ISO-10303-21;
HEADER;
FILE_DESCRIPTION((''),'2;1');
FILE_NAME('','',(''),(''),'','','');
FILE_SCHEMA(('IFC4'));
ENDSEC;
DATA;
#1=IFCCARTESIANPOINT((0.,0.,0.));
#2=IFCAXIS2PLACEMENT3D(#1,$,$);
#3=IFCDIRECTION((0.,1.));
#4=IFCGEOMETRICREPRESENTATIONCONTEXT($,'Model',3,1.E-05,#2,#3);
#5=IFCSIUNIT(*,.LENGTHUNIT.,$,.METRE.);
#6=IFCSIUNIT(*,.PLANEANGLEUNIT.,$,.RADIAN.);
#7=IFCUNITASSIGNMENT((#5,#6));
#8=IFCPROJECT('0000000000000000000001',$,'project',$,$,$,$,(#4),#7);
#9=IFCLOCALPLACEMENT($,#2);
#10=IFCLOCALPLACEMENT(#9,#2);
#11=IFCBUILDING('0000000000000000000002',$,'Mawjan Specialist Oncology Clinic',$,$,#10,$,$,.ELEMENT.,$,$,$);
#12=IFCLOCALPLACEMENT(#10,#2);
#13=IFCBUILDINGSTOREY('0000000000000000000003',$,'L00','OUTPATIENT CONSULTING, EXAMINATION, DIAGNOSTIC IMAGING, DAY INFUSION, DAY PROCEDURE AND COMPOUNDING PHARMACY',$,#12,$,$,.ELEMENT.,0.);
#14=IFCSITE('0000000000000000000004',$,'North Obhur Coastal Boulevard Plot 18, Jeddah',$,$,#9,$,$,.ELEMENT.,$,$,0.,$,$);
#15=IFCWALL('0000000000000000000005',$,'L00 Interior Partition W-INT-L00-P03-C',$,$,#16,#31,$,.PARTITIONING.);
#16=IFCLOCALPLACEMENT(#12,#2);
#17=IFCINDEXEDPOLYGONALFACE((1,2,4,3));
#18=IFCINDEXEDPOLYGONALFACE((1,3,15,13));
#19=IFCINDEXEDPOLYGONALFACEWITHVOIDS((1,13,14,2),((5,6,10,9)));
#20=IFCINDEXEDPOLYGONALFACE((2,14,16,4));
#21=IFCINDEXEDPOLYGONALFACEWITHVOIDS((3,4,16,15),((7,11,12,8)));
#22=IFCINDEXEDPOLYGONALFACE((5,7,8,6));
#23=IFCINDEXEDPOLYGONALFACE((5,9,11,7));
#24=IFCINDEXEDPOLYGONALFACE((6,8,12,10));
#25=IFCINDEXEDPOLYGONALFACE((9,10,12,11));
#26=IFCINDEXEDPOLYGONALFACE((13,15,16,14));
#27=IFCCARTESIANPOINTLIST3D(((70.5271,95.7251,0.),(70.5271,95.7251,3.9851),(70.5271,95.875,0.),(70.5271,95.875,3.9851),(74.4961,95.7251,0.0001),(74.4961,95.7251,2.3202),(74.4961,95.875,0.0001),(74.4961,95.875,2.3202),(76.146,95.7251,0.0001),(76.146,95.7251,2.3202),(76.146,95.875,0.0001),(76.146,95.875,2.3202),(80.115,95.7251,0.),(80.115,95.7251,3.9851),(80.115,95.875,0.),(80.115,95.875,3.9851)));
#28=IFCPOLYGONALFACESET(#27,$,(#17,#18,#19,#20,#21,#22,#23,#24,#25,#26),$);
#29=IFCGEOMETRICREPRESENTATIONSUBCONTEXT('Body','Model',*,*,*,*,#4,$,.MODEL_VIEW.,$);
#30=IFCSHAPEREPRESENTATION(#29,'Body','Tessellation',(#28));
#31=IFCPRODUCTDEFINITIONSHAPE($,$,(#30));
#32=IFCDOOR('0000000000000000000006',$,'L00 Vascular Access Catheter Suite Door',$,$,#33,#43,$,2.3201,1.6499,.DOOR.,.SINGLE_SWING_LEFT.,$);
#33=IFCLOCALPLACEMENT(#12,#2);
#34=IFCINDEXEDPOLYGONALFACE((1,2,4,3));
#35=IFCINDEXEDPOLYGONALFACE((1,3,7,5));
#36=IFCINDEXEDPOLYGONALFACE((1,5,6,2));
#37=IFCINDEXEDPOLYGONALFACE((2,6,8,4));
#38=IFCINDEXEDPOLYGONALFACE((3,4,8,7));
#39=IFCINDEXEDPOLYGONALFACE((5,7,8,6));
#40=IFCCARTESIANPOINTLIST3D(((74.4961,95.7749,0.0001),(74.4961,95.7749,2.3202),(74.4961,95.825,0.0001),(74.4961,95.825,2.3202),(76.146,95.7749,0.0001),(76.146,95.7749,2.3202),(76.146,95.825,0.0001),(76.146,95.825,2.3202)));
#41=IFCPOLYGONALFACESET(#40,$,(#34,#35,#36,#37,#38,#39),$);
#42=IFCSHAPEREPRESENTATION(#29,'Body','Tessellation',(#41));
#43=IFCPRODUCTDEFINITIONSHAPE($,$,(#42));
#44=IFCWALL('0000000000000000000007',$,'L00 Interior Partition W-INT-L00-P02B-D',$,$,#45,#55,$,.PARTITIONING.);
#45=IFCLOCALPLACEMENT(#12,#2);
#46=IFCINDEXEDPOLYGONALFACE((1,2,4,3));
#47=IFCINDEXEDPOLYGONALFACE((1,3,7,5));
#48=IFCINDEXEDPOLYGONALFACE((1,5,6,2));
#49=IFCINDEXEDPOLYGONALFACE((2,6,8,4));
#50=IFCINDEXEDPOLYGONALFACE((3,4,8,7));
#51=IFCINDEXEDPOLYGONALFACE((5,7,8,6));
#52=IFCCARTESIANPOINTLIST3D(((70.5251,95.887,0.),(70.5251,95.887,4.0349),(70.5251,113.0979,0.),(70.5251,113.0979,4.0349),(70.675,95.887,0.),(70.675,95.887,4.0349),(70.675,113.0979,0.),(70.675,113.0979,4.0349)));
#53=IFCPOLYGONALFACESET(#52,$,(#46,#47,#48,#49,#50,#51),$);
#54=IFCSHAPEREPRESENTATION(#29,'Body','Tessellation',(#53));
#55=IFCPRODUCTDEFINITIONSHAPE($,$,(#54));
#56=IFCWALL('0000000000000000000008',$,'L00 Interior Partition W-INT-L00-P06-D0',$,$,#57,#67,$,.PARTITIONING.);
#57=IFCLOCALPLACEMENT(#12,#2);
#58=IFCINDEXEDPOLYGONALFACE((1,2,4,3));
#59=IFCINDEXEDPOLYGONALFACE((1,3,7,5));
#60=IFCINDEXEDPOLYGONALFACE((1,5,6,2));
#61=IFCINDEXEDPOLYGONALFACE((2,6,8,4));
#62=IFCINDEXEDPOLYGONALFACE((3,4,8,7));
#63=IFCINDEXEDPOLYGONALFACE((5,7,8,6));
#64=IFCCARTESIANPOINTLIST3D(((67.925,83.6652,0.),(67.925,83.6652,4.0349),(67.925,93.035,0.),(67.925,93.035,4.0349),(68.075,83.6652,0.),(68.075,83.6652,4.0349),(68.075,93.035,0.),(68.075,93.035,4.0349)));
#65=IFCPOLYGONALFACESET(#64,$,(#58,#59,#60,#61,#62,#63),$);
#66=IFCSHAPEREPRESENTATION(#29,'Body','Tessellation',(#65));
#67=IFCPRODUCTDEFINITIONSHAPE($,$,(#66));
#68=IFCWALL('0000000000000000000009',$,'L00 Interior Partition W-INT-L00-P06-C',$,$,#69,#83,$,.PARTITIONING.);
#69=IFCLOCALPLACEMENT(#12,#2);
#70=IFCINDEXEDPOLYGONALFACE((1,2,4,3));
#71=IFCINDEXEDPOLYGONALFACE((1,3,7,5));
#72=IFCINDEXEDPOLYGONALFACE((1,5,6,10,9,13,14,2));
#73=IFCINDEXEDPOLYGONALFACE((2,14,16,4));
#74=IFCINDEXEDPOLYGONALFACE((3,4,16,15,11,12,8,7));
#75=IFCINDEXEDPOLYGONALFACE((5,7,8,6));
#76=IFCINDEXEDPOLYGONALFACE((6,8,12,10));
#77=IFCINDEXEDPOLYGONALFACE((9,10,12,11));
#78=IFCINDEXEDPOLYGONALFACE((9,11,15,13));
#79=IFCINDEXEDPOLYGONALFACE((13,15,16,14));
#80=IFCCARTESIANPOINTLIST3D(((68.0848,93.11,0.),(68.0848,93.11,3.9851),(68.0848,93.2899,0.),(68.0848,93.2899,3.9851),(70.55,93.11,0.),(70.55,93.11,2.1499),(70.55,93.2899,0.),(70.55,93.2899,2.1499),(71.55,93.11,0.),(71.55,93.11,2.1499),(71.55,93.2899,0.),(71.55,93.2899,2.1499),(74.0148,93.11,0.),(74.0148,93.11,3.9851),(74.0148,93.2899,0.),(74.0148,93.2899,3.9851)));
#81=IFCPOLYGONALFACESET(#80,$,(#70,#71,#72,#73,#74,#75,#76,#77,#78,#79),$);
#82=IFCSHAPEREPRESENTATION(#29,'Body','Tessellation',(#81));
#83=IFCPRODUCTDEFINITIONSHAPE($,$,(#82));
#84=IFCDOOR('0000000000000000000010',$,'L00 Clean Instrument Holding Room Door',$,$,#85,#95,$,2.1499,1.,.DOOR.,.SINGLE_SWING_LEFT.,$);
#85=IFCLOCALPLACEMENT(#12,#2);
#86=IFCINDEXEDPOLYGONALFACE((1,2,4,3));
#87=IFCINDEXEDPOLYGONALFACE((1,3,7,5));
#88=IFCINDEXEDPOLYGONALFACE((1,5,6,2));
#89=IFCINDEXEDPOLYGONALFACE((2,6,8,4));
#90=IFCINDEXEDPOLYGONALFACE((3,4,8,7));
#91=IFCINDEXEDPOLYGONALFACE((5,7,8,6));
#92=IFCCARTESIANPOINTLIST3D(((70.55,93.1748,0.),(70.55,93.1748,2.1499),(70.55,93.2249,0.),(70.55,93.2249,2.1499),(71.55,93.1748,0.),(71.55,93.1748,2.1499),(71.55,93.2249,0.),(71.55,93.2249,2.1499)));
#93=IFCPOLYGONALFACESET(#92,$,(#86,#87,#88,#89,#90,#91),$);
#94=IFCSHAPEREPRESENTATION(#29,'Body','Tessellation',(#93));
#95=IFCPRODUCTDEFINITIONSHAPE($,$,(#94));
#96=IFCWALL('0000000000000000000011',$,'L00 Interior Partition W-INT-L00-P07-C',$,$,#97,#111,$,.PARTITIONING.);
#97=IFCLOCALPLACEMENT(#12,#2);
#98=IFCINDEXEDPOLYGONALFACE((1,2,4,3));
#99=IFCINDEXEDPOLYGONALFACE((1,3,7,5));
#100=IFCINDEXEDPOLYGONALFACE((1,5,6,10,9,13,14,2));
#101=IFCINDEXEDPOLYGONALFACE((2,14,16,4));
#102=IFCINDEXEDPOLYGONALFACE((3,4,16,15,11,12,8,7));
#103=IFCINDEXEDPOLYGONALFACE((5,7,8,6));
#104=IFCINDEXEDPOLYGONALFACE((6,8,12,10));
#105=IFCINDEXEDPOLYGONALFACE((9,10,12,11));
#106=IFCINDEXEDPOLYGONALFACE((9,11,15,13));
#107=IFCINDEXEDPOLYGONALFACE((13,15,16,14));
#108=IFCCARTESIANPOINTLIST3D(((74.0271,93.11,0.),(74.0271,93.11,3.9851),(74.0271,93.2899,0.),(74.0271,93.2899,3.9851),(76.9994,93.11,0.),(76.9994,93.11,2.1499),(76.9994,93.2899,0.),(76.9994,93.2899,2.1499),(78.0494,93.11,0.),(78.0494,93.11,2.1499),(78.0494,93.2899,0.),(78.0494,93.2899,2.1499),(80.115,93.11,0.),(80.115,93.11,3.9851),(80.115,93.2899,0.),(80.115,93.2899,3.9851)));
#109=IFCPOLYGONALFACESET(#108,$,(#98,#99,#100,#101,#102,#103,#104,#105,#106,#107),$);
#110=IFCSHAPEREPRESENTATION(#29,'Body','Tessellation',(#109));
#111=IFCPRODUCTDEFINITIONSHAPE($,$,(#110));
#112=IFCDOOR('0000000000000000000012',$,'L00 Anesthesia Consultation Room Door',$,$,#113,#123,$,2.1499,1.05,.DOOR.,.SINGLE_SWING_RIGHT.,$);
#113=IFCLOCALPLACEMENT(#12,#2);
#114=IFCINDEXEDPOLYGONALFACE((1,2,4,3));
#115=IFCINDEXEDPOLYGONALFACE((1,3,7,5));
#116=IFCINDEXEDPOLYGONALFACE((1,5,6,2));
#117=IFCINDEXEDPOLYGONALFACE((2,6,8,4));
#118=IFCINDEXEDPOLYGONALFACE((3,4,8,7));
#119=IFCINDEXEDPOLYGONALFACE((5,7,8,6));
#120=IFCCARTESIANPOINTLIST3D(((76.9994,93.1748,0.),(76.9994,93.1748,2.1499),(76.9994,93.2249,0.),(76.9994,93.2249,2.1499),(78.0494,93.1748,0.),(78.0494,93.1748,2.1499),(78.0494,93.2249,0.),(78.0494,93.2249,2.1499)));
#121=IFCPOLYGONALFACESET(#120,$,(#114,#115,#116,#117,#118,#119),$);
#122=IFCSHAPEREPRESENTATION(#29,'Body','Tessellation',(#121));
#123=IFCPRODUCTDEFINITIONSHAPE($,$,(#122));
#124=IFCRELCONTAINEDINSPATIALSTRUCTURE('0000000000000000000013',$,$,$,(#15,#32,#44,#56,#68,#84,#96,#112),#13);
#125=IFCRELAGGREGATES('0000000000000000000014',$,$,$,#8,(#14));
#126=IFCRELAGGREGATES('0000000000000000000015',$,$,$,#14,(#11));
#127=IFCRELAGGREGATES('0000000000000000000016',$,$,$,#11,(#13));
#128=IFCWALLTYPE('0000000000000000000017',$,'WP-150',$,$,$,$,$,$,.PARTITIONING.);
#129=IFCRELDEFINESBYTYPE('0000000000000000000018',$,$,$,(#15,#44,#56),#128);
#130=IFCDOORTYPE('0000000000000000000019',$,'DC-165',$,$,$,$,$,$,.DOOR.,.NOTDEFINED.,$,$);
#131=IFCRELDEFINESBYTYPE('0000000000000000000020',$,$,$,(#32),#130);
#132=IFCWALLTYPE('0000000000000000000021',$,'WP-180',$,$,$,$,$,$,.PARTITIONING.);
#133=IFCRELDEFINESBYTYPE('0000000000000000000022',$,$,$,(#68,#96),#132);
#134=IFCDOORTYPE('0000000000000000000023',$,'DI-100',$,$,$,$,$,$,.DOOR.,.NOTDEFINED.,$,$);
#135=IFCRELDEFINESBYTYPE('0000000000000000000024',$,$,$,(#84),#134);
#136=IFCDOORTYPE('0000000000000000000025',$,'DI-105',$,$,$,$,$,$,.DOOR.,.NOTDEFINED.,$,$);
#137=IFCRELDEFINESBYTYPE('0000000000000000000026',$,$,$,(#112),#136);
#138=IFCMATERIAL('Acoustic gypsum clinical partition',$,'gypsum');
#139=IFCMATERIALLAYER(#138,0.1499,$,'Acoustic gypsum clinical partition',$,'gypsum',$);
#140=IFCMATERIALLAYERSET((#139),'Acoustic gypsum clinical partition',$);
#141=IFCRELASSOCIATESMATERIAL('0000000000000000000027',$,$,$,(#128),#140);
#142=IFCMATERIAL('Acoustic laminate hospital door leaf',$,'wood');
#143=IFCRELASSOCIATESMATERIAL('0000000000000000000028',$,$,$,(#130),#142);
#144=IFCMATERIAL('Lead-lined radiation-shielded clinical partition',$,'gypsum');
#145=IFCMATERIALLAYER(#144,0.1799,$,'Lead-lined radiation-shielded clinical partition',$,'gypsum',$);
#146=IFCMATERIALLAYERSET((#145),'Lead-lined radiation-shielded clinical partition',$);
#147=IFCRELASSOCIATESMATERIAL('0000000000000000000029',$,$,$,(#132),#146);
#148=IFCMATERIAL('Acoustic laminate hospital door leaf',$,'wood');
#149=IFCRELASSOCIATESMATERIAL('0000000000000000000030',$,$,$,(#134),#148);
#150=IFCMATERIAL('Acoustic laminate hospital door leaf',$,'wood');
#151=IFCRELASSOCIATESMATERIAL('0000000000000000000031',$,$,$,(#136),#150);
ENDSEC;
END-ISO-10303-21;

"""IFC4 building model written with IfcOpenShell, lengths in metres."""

from ifc_helpers import new_model, si_unit, direction, frame, frame_2d, origin, place, context, subcontext, project, spatial, rectangle, extrude, material, layer, layer_set, type_object, element, fill, save


model = new_model("IFC4")

# Units and contexts
model_context = context("Model", 3, precision=1e-05, world=origin(), true_north=direction((0.0, 1.0)))
body_context = subcontext(model_context, "Body", "Model", "MODEL_VIEW")
ifc_project = project(units=[si_unit("LENGTHUNIT", "METRE"), si_unit("PLANEANGLEUNIT", "RADIAN")], contexts=[model_context])

# Site, building, storey
site_placement = place(None, origin())
site = spatial("IfcSite", under=ifc_project, at=site_placement, Name="North Obhur Coastal Boulevard Plot 18, Jeddah", CompositionType="ELEMENT", RefElevation=0.0)
building_placement = place(site_placement, origin())
building = spatial("IfcBuilding", under=site, at=building_placement, Name="Mawjan Specialist Oncology Clinic", CompositionType="ELEMENT")
storey_placement = place(building_placement, origin())
storey = spatial("IfcBuildingStorey", under=building, at=storey_placement, Name="L00", Description="OUTPATIENT CONSULTING, EXAMINATION, DIAGNOSTIC IMAGING, DAY INFUSION, DAY PROCEDURE AND COMPOUNDING PHARMACY", CompositionType="ELEMENT", Elevation=0.0)

# Wall, opening, door
ifc_material_1 = material(Name="Acoustic gypsum clinical partition", Category="gypsum")
ifc_layer_1 = layer(ifc_material_1, 0.1499, Name="Acoustic gypsum clinical partition", Category="gypsum")
ifc_layer_set_1 = layer_set([ifc_layer_1], Name="Acoustic gypsum clinical partition")
wall_type_1 = type_object("IfcWallType", Name="WP-150", PredefinedType="PARTITIONING", material=ifc_layer_set_1)
wall_1_placement = place(storey_placement, frame((70.5271, 95.8, 0.0), z_axis=(0.0, 0.0, 1.0), x_axis=(1.0, 0.0, 0.0)))
wall_1 = element("IfcWall", 1, at=wall_1_placement, inside=storey, type_object=wall_type_1, Name="L00 Interior Partition W-INT-L00-P03-C", PredefinedType="PARTITIONING", context=body_context, shape_type="SweptSolid", body=[
    extrude(rectangle(XDim=9.5879, YDim=0.1499, at=frame_2d((4.7939, 0.0))), origin(), (0.0, 0.0, 1.0), 3.9851),
])
opening_1_placement = place(wall_1_placement, frame((3.969, 0.0, 0.0)))
opening_1 = element("IfcOpeningElement", 2, at=opening_1_placement, cuts=wall_1, PredefinedType="OPENING", context=body_context, shape_type="SweptSolid", body=[
    extrude(rectangle(XDim=1.6499, YDim=2.3201, at=frame_2d((0.825, 1.1602))), frame((0.0, 0.0869, 0.0), z_axis=(0.0, -1.0, 0.0), x_axis=(1.0, 0.0, 0.0)), (0.0, 0.0, 1.0), 0.1738),
])
ifc_material_2 = material(Name="Acoustic laminate hospital door leaf", Category="wood")
door_type_1 = type_object("IfcDoorType", Name="DC-165", OperationType="NOTDEFINED", PredefinedType="DOOR", material=ifc_material_2)
door_1_placement = place(opening_1_placement, origin())
door_1 = element("IfcDoor", 3, at=door_1_placement, inside=storey, type_object=door_type_1, Name="L00 Vascular Access Catheter Suite Door", OperationType="SINGLE_SWING_LEFT", OverallHeight=2.3201, OverallWidth=1.6499, PredefinedType="DOOR", context=body_context, shape_type="SweptSolid", body=[
    extrude(rectangle(XDim=1.6499, YDim=2.3201, at=frame_2d((0.825, 1.1602))), frame((0.0, 0.0249, 0.0), z_axis=(0.0, -1.0, 0.0), x_axis=(1.0, 0.0, 0.0)), (0.0, 0.0, 1.0), 0.05),
])
fill(opening_1, door_1)

# Walls
wall_2_placement = place(storey_placement, frame((70.6001, 95.887, 0.0), z_axis=(0.0, 0.0, 1.0), x_axis=(0.0, 1.0, 0.0)))
element("IfcWall", 4, at=wall_2_placement, inside=storey, type_object=wall_type_1, Name="L00 Interior Partition W-INT-L00-P02B-D", PredefinedType="PARTITIONING", context=body_context, shape_type="SweptSolid", body=[
    extrude(rectangle(XDim=17.2109, YDim=0.1499, at=frame_2d((8.6055, 0.0))), origin(), (0.0, 0.0, 1.0), 4.0349),
])
wall_3_placement = place(storey_placement, frame((68.0, 83.665, 0.0), z_axis=(0.0, 0.0, 1.0), x_axis=(0.0, 1.0, 0.0)))
element("IfcWall", 5, at=wall_3_placement, inside=storey, type_object=wall_type_1, Name="L00 Interior Partition W-INT-L00-P06-D0", PredefinedType="PARTITIONING", context=body_context, shape_type="SweptSolid", body=[
    extrude(rectangle(XDim=9.3699, YDim=0.1499, at=frame_2d((4.6851, 0.0))), origin(), (0.0, 0.0, 1.0), 4.0349),
])

# Walls, openings, doors
ifc_material_3 = material(Name="Lead-lined radiation-shielded clinical partition", Category="gypsum")
ifc_layer_2 = layer(ifc_material_3, 0.1799, Name="Lead-lined radiation-shielded clinical partition", Category="gypsum")
ifc_layer_set_2 = layer_set([ifc_layer_2], Name="Lead-lined radiation-shielded clinical partition")
wall_type_2 = type_object("IfcWallType", Name="WP-180", PredefinedType="PARTITIONING", material=ifc_layer_set_2)
wall_4_placement = place(storey_placement, frame((68.085, 93.2, 0.0), z_axis=(0.0, 0.0, 1.0), x_axis=(1.0, 0.0, 0.0)))
wall_4 = element("IfcWall", 6, at=wall_4_placement, inside=storey, type_object=wall_type_2, Name="L00 Interior Partition W-INT-L00-P06-C", PredefinedType="PARTITIONING", context=body_context, shape_type="SweptSolid", body=[
    extrude(rectangle(XDim=5.9299, YDim=0.1799, at=frame_2d((2.9648, 0.0))), origin(), (0.0, 0.0, 1.0), 3.9851),
])
opening_2_placement = place(wall_4_placement, frame((2.4651, 0.0, 0.0)))
opening_2 = element("IfcOpeningElement", 7, at=opening_2_placement, cuts=wall_4, PredefinedType="OPENING", context=body_context, shape_type="SweptSolid", body=[
    extrude(rectangle(XDim=1.0, YDim=2.1499, at=frame_2d((0.5, 1.075))), frame((0.0, 0.1021, 0.0), z_axis=(0.0, -1.0, 0.0), x_axis=(1.0, 0.0, 0.0)), (0.0, 0.0, 1.0), 0.2039),
])
ifc_material_4 = material(Name="Acoustic laminate hospital door leaf", Category="wood")
door_type_2 = type_object("IfcDoorType", Name="DI-100", OperationType="NOTDEFINED", PredefinedType="DOOR", material=ifc_material_4)
door_2_placement = place(opening_2_placement, origin())
door_2 = element("IfcDoor", 8, at=door_2_placement, inside=storey, type_object=door_type_2, Name="L00 Clean Instrument Holding Room Door", OperationType="SINGLE_SWING_LEFT", OverallHeight=2.1499, OverallWidth=1.0, PredefinedType="DOOR", context=body_context, shape_type="SweptSolid", body=[
    extrude(rectangle(XDim=1.0, YDim=2.1499, at=frame_2d((0.5, 1.075))), frame((0.0, 0.0249, 0.0), z_axis=(0.0, -1.0, 0.0), x_axis=(1.0, 0.0, 0.0)), (0.0, 0.0, 1.0), 0.05),
])
fill(opening_2, door_2)
wall_5_placement = place(storey_placement, frame((74.0271, 93.2, 0.0), z_axis=(0.0, 0.0, 1.0), x_axis=(1.0, 0.0, 0.0)))
wall_5 = element("IfcWall", 9, at=wall_5_placement, inside=storey, type_object=wall_type_2, Name="L00 Interior Partition W-INT-L00-P07-C", PredefinedType="PARTITIONING", context=body_context, shape_type="SweptSolid", body=[
    extrude(rectangle(XDim=6.0879, YDim=0.1799, at=frame_2d((3.0439, 0.0))), origin(), (0.0, 0.0, 1.0), 3.9851),
])
opening_3_placement = place(wall_5_placement, frame((2.9724, 0.0, 0.0)))
opening_3 = element("IfcOpeningElement", 10, at=opening_3_placement, cuts=wall_5, PredefinedType="OPENING", context=body_context, shape_type="SweptSolid", body=[
    extrude(rectangle(XDim=1.05, YDim=2.1499, at=frame_2d((0.5249, 1.075))), frame((0.0, 0.1021, 0.0), z_axis=(0.0, -1.0, 0.0), x_axis=(1.0, 0.0, 0.0)), (0.0, 0.0, 1.0), 0.2039),
])
ifc_material_5 = material(Name="Acoustic laminate hospital door leaf", Category="wood")
door_type_3 = type_object("IfcDoorType", Name="DI-105", OperationType="NOTDEFINED", PredefinedType="DOOR", material=ifc_material_5)
door_3_placement = place(opening_3_placement, origin())
door_3 = element("IfcDoor", 11, at=door_3_placement, inside=storey, type_object=door_type_3, Name="L00 Anesthesia Consultation Room Door", OperationType="SINGLE_SWING_RIGHT", OverallHeight=2.1499, OverallWidth=1.05, PredefinedType="DOOR", context=body_context, shape_type="SweptSolid", body=[
    extrude(rectangle(XDim=1.05, YDim=2.1499, at=frame_2d((0.5249, 1.075))), frame((0.0, 0.0249, 0.0), z_axis=(0.0, -1.0, 0.0), x_axis=(1.0, 0.0, 0.0)), (0.0, 0.0, 1.0), 0.05),
])
fill(opening_3, door_3)

save(model, "model.ifc")
